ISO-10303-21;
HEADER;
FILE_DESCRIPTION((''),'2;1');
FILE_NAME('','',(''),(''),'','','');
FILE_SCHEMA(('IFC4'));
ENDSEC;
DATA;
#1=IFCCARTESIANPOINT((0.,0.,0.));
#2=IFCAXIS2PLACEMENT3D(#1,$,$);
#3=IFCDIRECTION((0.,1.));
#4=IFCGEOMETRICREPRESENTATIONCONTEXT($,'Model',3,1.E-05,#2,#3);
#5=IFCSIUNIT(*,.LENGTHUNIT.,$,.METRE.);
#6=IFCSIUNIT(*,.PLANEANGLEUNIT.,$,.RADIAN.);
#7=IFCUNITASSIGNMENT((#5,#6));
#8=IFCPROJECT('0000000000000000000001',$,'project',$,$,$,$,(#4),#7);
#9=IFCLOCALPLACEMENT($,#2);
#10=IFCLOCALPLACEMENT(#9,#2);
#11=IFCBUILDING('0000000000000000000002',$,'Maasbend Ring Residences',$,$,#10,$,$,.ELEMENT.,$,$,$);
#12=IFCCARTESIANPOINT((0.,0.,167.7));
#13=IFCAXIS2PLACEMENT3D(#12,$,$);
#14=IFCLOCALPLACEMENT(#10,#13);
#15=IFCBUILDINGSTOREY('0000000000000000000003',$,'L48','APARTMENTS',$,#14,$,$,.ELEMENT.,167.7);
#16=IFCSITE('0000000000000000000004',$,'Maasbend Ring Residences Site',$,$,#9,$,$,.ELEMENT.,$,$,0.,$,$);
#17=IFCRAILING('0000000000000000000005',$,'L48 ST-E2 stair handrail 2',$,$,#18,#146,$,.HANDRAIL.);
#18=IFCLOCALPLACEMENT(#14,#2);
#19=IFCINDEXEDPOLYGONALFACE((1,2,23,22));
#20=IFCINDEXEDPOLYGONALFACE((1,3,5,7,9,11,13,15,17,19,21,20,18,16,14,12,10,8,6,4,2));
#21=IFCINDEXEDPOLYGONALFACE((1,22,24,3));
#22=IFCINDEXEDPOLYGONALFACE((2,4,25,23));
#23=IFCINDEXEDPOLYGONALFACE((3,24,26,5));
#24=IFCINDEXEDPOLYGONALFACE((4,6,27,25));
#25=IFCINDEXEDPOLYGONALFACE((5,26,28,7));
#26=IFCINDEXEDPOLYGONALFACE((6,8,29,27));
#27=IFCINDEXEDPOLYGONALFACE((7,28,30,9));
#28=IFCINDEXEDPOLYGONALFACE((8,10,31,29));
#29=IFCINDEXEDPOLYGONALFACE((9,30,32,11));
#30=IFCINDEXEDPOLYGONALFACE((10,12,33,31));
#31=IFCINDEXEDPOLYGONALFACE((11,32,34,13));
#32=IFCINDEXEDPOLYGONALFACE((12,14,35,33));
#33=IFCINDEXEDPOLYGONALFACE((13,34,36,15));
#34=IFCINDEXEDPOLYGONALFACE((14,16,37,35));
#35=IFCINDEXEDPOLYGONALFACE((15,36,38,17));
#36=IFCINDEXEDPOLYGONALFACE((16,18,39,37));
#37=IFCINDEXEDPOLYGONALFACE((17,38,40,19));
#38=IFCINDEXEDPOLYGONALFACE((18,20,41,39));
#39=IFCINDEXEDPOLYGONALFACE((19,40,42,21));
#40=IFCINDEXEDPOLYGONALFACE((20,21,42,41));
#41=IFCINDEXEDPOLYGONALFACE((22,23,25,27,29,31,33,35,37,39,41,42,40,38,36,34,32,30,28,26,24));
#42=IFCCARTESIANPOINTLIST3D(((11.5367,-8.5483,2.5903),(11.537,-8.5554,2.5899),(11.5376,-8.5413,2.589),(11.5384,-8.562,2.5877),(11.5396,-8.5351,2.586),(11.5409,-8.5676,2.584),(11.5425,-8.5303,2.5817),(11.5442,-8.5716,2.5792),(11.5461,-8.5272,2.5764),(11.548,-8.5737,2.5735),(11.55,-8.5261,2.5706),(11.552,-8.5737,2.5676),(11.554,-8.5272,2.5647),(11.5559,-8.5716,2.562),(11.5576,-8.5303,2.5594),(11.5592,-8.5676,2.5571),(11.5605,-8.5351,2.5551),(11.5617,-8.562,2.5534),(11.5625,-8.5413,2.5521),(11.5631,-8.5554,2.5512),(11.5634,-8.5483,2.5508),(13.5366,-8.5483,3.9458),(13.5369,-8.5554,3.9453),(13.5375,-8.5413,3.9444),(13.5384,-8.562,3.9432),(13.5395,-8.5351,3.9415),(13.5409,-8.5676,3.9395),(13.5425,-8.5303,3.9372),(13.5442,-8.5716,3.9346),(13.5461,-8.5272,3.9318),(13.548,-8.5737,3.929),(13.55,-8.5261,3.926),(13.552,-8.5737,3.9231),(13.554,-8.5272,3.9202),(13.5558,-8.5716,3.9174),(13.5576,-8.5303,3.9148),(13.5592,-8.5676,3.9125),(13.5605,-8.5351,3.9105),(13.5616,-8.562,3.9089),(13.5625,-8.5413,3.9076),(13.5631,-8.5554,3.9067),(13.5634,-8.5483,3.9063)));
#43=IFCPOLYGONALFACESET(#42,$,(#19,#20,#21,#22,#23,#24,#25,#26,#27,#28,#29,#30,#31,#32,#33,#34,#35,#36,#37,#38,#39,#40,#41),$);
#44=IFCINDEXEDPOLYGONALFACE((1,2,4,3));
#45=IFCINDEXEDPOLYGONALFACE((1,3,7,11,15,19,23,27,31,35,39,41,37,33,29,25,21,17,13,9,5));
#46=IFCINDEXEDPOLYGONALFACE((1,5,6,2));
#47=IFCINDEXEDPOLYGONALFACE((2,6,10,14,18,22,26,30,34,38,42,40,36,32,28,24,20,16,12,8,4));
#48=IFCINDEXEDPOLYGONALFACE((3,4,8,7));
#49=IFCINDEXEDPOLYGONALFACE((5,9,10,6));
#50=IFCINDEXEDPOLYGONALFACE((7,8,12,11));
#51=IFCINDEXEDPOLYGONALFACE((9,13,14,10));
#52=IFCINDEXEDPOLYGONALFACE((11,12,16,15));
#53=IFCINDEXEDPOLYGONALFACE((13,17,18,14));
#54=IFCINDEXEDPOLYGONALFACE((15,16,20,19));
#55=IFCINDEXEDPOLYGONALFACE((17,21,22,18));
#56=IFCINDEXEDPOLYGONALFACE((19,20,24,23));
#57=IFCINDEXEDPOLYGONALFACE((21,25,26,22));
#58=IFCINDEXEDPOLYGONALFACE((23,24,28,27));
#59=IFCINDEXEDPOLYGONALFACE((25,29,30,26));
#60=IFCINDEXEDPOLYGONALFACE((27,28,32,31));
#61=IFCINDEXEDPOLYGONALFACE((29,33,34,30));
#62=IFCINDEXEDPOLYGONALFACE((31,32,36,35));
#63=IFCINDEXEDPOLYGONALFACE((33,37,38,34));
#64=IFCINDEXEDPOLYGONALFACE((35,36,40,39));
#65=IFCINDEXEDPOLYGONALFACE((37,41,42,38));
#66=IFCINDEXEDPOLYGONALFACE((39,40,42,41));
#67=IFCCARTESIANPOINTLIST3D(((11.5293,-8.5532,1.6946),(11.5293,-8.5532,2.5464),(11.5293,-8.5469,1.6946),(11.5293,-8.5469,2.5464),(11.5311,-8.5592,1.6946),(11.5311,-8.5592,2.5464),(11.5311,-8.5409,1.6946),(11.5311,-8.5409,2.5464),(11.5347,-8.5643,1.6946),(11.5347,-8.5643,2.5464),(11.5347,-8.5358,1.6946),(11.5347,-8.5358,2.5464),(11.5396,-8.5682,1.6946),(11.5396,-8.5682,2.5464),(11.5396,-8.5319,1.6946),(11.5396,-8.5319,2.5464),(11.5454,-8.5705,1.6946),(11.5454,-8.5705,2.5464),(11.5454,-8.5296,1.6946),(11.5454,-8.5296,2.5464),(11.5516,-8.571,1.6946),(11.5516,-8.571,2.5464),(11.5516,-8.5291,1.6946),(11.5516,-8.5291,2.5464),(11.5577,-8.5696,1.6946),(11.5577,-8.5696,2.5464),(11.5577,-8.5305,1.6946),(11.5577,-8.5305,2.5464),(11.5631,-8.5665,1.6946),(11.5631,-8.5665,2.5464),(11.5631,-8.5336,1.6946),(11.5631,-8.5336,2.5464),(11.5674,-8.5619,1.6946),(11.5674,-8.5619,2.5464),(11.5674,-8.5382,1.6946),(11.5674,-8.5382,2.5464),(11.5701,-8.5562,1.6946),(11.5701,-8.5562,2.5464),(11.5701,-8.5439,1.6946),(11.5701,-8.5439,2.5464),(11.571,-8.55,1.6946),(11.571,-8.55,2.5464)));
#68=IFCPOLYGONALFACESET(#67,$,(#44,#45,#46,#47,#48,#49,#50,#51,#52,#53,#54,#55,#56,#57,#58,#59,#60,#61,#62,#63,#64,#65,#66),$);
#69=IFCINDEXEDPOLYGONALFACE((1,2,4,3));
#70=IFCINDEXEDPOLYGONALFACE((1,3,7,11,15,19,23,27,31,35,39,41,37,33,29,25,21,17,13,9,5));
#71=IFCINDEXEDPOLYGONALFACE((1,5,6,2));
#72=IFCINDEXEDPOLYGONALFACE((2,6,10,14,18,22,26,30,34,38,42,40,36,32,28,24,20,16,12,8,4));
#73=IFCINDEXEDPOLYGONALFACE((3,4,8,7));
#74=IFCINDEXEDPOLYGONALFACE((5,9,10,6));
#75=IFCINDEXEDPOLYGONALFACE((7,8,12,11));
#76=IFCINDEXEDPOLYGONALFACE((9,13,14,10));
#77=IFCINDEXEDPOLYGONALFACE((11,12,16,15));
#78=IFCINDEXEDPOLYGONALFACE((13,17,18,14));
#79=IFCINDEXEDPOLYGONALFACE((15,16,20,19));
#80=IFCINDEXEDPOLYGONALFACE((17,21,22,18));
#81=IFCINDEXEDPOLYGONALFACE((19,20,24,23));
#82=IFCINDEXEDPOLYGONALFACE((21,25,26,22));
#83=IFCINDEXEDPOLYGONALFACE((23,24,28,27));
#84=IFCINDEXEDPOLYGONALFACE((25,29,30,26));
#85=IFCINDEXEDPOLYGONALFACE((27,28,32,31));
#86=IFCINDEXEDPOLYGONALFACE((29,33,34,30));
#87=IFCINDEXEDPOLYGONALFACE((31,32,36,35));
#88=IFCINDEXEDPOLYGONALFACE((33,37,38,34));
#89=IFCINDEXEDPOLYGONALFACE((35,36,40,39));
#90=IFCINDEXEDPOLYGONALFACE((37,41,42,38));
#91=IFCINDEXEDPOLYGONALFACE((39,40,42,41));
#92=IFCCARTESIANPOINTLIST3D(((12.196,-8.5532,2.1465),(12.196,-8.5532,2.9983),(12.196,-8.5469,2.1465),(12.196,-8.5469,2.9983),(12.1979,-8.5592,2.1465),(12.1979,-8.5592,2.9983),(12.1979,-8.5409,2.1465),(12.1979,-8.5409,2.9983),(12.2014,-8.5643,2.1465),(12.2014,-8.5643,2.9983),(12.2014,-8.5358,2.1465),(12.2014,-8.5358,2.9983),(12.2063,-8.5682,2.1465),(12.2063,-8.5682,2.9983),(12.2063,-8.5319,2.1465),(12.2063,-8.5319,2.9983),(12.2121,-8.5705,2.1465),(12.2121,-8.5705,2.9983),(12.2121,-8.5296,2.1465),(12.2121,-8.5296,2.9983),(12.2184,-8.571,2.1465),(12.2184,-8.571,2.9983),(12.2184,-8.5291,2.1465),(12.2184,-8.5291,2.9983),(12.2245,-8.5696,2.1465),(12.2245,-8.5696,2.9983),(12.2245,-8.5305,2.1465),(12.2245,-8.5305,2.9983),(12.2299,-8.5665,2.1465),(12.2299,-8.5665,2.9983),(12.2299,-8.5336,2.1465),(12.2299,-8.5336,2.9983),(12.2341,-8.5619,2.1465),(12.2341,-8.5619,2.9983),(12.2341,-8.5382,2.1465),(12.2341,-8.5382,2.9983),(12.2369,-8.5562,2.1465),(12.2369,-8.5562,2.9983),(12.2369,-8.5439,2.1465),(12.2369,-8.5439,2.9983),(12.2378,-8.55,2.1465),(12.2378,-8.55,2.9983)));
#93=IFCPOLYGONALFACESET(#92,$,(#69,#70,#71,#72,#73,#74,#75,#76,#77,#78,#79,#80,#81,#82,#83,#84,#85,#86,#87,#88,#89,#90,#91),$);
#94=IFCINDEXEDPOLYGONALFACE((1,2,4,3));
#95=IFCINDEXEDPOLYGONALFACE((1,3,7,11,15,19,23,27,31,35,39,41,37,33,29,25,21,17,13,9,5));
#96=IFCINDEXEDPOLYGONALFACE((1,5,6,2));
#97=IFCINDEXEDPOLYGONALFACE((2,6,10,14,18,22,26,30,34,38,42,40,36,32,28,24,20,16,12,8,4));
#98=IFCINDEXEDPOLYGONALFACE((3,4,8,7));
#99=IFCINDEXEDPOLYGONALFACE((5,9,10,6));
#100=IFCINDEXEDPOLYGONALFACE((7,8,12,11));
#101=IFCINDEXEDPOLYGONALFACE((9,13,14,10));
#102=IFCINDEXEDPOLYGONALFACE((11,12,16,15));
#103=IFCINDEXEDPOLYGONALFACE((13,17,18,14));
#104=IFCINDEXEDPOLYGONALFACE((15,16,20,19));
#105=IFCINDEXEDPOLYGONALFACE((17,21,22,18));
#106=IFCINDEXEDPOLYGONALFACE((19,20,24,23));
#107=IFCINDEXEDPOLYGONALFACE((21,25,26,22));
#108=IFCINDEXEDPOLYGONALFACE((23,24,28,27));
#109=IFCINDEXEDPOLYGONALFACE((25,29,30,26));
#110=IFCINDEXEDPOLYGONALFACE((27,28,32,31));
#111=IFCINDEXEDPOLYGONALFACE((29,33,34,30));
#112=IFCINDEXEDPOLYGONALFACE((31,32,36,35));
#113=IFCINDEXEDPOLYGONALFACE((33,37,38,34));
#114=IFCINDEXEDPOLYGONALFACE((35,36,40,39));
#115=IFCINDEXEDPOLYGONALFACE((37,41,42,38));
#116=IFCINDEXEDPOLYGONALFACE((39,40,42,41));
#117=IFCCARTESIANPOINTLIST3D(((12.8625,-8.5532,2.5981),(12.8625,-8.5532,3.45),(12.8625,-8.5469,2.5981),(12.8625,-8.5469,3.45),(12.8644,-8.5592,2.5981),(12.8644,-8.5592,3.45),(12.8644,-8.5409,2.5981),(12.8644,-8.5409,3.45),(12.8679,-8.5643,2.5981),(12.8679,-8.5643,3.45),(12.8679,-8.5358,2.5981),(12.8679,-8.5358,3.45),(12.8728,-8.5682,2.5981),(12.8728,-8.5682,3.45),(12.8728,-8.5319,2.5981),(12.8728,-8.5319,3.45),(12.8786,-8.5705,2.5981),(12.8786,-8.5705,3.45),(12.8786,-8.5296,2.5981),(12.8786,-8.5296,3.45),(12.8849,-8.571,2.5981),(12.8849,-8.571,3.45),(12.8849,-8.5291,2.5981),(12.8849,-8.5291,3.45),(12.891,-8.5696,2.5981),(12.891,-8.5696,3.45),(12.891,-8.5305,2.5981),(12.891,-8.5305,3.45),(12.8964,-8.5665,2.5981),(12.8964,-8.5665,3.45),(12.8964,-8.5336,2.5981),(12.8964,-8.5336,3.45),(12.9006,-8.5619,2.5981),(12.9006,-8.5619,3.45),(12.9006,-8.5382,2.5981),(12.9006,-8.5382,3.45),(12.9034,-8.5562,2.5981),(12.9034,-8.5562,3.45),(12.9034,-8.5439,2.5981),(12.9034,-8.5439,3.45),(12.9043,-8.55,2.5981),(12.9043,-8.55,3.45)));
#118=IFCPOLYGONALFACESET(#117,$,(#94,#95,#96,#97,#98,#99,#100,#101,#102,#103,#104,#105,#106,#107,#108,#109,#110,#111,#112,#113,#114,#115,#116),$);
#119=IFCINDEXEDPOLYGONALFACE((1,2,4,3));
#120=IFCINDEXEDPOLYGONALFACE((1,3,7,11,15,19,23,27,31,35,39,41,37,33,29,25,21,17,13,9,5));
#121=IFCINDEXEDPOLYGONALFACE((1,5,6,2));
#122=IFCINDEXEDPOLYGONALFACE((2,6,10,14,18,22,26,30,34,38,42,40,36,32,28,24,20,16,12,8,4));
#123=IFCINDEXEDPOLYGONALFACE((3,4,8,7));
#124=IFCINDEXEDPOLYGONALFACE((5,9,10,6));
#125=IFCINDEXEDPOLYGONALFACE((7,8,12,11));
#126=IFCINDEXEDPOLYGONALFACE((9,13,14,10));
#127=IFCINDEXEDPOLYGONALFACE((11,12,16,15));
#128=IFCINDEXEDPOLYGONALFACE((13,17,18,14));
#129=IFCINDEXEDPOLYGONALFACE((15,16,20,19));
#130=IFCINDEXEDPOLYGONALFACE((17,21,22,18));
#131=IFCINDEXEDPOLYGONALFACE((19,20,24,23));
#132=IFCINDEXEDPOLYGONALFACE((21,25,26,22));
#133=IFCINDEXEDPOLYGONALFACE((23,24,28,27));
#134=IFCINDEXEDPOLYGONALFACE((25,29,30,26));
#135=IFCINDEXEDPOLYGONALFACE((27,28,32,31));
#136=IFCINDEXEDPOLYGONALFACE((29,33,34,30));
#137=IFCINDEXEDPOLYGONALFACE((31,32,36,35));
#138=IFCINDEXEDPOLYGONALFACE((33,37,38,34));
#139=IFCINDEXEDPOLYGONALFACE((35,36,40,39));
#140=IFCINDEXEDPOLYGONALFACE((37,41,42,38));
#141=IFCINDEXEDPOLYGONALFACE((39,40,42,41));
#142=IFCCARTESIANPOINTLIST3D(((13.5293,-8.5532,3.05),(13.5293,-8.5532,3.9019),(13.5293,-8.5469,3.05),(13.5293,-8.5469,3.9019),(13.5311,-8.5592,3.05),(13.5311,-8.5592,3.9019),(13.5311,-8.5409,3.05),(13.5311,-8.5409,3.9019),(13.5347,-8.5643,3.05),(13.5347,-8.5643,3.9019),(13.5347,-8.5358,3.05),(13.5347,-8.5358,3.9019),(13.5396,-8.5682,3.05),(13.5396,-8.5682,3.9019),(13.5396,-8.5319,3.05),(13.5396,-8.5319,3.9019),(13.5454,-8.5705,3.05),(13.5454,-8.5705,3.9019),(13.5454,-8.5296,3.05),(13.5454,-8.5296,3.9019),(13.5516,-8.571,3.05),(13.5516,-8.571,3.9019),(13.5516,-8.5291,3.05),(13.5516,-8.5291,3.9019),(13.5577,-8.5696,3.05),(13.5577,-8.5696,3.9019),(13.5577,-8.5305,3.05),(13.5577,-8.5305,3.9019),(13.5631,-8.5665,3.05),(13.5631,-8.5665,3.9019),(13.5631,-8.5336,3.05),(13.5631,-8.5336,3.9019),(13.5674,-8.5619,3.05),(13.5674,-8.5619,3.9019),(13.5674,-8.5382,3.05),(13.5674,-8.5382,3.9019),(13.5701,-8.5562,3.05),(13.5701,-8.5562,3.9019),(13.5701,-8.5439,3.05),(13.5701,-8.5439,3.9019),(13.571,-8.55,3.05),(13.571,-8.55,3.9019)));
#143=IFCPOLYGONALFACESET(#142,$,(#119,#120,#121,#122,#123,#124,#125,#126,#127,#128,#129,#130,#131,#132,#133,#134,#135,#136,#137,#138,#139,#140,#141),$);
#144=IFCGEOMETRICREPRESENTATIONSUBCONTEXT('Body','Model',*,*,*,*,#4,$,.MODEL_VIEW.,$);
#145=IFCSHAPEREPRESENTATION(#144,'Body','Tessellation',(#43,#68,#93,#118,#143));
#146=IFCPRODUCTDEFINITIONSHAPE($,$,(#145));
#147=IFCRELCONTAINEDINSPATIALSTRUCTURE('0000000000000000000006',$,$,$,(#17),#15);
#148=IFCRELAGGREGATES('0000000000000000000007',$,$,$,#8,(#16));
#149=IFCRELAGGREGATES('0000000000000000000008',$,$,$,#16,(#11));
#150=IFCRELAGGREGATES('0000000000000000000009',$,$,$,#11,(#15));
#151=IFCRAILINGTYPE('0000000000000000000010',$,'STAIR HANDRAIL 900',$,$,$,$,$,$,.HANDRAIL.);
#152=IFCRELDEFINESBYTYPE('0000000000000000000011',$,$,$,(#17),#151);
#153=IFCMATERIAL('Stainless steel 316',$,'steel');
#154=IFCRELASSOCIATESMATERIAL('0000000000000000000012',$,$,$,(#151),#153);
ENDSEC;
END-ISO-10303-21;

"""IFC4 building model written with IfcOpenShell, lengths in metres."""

from ifc_helpers import new_model, si_unit, direction, frame, origin, origin_2d, place, context, subcontext, project, spatial, circle, extrude, material, type_object, element, save


model = new_model("IFC4")

# Units and contexts
model_context = context("Model", 3, precision=1e-05, world=origin(), true_north=direction((0.0, 1.0)))
body_context = subcontext(model_context, "Body", "Model", "MODEL_VIEW")
ifc_project = project(units=[si_unit("LENGTHUNIT", "METRE"), si_unit("PLANEANGLEUNIT", "RADIAN")], contexts=[model_context])

# Site, building, storey
site_placement = place(None, origin())
site = spatial("IfcSite", under=ifc_project, at=site_placement, Name="Maasbend Ring Residences Site", CompositionType="ELEMENT", RefElevation=0.0)
building_placement = place(site_placement, origin())
building = spatial("IfcBuilding", under=site, at=building_placement, Name="Maasbend Ring Residences", CompositionType="ELEMENT")
storey_placement = place(building_placement, frame((0.0, 0.0, 167.7)))
storey = spatial("IfcBuildingStorey", under=building, at=storey_placement, Name="L48", Description="APARTMENTS", CompositionType="ELEMENT", Elevation=167.7)

# Railing
ifc_material_1 = material(Name="Stainless steel 316", Category="steel")
railing_type_1 = type_object("IfcRailingType", Name="STAIR HANDRAIL 900", PredefinedType="HANDRAIL", material=ifc_material_1)
railing_1_placement = place(storey_placement, frame((11.55, -8.55, 1.6946)))
element("IfcRailing", 1, at=railing_1_placement, inside=storey, type_object=railing_type_1, Name="L48 ST-E2 stair handrail 2", PredefinedType="HANDRAIL", context=body_context, shape_type="SweptSolid", body=[
    extrude(circle(Radius=0.0239, at=origin_2d()), frame((0.0, 0.0, 0.876), z_axis=(0.827798, 0.0, 0.561027), x_axis=(0.0, 1.0, 0.0)), (0.0, 0.0, 1.0), 2.416),
    extrude(circle(Radius=0.021, at=origin_2d()), origin(), (0.0, 0.0, 1.0), 0.8518),
    extrude(circle(Radius=0.021, at=origin_2d()), frame((0.6667, 0.0, 0.4519)), (0.0, 0.0, 1.0), 0.8518),
    extrude(circle(Radius=0.021, at=origin_2d()), frame((1.3333, 0.0, 0.9036)), (0.0, 0.0, 1.0), 0.8518),
    extrude(circle(Radius=0.021, at=origin_2d()), frame((2.0, 0.0, 1.3555)), (0.0, 0.0, 1.0), 0.8518),
])

save(model, "model.ifc")
